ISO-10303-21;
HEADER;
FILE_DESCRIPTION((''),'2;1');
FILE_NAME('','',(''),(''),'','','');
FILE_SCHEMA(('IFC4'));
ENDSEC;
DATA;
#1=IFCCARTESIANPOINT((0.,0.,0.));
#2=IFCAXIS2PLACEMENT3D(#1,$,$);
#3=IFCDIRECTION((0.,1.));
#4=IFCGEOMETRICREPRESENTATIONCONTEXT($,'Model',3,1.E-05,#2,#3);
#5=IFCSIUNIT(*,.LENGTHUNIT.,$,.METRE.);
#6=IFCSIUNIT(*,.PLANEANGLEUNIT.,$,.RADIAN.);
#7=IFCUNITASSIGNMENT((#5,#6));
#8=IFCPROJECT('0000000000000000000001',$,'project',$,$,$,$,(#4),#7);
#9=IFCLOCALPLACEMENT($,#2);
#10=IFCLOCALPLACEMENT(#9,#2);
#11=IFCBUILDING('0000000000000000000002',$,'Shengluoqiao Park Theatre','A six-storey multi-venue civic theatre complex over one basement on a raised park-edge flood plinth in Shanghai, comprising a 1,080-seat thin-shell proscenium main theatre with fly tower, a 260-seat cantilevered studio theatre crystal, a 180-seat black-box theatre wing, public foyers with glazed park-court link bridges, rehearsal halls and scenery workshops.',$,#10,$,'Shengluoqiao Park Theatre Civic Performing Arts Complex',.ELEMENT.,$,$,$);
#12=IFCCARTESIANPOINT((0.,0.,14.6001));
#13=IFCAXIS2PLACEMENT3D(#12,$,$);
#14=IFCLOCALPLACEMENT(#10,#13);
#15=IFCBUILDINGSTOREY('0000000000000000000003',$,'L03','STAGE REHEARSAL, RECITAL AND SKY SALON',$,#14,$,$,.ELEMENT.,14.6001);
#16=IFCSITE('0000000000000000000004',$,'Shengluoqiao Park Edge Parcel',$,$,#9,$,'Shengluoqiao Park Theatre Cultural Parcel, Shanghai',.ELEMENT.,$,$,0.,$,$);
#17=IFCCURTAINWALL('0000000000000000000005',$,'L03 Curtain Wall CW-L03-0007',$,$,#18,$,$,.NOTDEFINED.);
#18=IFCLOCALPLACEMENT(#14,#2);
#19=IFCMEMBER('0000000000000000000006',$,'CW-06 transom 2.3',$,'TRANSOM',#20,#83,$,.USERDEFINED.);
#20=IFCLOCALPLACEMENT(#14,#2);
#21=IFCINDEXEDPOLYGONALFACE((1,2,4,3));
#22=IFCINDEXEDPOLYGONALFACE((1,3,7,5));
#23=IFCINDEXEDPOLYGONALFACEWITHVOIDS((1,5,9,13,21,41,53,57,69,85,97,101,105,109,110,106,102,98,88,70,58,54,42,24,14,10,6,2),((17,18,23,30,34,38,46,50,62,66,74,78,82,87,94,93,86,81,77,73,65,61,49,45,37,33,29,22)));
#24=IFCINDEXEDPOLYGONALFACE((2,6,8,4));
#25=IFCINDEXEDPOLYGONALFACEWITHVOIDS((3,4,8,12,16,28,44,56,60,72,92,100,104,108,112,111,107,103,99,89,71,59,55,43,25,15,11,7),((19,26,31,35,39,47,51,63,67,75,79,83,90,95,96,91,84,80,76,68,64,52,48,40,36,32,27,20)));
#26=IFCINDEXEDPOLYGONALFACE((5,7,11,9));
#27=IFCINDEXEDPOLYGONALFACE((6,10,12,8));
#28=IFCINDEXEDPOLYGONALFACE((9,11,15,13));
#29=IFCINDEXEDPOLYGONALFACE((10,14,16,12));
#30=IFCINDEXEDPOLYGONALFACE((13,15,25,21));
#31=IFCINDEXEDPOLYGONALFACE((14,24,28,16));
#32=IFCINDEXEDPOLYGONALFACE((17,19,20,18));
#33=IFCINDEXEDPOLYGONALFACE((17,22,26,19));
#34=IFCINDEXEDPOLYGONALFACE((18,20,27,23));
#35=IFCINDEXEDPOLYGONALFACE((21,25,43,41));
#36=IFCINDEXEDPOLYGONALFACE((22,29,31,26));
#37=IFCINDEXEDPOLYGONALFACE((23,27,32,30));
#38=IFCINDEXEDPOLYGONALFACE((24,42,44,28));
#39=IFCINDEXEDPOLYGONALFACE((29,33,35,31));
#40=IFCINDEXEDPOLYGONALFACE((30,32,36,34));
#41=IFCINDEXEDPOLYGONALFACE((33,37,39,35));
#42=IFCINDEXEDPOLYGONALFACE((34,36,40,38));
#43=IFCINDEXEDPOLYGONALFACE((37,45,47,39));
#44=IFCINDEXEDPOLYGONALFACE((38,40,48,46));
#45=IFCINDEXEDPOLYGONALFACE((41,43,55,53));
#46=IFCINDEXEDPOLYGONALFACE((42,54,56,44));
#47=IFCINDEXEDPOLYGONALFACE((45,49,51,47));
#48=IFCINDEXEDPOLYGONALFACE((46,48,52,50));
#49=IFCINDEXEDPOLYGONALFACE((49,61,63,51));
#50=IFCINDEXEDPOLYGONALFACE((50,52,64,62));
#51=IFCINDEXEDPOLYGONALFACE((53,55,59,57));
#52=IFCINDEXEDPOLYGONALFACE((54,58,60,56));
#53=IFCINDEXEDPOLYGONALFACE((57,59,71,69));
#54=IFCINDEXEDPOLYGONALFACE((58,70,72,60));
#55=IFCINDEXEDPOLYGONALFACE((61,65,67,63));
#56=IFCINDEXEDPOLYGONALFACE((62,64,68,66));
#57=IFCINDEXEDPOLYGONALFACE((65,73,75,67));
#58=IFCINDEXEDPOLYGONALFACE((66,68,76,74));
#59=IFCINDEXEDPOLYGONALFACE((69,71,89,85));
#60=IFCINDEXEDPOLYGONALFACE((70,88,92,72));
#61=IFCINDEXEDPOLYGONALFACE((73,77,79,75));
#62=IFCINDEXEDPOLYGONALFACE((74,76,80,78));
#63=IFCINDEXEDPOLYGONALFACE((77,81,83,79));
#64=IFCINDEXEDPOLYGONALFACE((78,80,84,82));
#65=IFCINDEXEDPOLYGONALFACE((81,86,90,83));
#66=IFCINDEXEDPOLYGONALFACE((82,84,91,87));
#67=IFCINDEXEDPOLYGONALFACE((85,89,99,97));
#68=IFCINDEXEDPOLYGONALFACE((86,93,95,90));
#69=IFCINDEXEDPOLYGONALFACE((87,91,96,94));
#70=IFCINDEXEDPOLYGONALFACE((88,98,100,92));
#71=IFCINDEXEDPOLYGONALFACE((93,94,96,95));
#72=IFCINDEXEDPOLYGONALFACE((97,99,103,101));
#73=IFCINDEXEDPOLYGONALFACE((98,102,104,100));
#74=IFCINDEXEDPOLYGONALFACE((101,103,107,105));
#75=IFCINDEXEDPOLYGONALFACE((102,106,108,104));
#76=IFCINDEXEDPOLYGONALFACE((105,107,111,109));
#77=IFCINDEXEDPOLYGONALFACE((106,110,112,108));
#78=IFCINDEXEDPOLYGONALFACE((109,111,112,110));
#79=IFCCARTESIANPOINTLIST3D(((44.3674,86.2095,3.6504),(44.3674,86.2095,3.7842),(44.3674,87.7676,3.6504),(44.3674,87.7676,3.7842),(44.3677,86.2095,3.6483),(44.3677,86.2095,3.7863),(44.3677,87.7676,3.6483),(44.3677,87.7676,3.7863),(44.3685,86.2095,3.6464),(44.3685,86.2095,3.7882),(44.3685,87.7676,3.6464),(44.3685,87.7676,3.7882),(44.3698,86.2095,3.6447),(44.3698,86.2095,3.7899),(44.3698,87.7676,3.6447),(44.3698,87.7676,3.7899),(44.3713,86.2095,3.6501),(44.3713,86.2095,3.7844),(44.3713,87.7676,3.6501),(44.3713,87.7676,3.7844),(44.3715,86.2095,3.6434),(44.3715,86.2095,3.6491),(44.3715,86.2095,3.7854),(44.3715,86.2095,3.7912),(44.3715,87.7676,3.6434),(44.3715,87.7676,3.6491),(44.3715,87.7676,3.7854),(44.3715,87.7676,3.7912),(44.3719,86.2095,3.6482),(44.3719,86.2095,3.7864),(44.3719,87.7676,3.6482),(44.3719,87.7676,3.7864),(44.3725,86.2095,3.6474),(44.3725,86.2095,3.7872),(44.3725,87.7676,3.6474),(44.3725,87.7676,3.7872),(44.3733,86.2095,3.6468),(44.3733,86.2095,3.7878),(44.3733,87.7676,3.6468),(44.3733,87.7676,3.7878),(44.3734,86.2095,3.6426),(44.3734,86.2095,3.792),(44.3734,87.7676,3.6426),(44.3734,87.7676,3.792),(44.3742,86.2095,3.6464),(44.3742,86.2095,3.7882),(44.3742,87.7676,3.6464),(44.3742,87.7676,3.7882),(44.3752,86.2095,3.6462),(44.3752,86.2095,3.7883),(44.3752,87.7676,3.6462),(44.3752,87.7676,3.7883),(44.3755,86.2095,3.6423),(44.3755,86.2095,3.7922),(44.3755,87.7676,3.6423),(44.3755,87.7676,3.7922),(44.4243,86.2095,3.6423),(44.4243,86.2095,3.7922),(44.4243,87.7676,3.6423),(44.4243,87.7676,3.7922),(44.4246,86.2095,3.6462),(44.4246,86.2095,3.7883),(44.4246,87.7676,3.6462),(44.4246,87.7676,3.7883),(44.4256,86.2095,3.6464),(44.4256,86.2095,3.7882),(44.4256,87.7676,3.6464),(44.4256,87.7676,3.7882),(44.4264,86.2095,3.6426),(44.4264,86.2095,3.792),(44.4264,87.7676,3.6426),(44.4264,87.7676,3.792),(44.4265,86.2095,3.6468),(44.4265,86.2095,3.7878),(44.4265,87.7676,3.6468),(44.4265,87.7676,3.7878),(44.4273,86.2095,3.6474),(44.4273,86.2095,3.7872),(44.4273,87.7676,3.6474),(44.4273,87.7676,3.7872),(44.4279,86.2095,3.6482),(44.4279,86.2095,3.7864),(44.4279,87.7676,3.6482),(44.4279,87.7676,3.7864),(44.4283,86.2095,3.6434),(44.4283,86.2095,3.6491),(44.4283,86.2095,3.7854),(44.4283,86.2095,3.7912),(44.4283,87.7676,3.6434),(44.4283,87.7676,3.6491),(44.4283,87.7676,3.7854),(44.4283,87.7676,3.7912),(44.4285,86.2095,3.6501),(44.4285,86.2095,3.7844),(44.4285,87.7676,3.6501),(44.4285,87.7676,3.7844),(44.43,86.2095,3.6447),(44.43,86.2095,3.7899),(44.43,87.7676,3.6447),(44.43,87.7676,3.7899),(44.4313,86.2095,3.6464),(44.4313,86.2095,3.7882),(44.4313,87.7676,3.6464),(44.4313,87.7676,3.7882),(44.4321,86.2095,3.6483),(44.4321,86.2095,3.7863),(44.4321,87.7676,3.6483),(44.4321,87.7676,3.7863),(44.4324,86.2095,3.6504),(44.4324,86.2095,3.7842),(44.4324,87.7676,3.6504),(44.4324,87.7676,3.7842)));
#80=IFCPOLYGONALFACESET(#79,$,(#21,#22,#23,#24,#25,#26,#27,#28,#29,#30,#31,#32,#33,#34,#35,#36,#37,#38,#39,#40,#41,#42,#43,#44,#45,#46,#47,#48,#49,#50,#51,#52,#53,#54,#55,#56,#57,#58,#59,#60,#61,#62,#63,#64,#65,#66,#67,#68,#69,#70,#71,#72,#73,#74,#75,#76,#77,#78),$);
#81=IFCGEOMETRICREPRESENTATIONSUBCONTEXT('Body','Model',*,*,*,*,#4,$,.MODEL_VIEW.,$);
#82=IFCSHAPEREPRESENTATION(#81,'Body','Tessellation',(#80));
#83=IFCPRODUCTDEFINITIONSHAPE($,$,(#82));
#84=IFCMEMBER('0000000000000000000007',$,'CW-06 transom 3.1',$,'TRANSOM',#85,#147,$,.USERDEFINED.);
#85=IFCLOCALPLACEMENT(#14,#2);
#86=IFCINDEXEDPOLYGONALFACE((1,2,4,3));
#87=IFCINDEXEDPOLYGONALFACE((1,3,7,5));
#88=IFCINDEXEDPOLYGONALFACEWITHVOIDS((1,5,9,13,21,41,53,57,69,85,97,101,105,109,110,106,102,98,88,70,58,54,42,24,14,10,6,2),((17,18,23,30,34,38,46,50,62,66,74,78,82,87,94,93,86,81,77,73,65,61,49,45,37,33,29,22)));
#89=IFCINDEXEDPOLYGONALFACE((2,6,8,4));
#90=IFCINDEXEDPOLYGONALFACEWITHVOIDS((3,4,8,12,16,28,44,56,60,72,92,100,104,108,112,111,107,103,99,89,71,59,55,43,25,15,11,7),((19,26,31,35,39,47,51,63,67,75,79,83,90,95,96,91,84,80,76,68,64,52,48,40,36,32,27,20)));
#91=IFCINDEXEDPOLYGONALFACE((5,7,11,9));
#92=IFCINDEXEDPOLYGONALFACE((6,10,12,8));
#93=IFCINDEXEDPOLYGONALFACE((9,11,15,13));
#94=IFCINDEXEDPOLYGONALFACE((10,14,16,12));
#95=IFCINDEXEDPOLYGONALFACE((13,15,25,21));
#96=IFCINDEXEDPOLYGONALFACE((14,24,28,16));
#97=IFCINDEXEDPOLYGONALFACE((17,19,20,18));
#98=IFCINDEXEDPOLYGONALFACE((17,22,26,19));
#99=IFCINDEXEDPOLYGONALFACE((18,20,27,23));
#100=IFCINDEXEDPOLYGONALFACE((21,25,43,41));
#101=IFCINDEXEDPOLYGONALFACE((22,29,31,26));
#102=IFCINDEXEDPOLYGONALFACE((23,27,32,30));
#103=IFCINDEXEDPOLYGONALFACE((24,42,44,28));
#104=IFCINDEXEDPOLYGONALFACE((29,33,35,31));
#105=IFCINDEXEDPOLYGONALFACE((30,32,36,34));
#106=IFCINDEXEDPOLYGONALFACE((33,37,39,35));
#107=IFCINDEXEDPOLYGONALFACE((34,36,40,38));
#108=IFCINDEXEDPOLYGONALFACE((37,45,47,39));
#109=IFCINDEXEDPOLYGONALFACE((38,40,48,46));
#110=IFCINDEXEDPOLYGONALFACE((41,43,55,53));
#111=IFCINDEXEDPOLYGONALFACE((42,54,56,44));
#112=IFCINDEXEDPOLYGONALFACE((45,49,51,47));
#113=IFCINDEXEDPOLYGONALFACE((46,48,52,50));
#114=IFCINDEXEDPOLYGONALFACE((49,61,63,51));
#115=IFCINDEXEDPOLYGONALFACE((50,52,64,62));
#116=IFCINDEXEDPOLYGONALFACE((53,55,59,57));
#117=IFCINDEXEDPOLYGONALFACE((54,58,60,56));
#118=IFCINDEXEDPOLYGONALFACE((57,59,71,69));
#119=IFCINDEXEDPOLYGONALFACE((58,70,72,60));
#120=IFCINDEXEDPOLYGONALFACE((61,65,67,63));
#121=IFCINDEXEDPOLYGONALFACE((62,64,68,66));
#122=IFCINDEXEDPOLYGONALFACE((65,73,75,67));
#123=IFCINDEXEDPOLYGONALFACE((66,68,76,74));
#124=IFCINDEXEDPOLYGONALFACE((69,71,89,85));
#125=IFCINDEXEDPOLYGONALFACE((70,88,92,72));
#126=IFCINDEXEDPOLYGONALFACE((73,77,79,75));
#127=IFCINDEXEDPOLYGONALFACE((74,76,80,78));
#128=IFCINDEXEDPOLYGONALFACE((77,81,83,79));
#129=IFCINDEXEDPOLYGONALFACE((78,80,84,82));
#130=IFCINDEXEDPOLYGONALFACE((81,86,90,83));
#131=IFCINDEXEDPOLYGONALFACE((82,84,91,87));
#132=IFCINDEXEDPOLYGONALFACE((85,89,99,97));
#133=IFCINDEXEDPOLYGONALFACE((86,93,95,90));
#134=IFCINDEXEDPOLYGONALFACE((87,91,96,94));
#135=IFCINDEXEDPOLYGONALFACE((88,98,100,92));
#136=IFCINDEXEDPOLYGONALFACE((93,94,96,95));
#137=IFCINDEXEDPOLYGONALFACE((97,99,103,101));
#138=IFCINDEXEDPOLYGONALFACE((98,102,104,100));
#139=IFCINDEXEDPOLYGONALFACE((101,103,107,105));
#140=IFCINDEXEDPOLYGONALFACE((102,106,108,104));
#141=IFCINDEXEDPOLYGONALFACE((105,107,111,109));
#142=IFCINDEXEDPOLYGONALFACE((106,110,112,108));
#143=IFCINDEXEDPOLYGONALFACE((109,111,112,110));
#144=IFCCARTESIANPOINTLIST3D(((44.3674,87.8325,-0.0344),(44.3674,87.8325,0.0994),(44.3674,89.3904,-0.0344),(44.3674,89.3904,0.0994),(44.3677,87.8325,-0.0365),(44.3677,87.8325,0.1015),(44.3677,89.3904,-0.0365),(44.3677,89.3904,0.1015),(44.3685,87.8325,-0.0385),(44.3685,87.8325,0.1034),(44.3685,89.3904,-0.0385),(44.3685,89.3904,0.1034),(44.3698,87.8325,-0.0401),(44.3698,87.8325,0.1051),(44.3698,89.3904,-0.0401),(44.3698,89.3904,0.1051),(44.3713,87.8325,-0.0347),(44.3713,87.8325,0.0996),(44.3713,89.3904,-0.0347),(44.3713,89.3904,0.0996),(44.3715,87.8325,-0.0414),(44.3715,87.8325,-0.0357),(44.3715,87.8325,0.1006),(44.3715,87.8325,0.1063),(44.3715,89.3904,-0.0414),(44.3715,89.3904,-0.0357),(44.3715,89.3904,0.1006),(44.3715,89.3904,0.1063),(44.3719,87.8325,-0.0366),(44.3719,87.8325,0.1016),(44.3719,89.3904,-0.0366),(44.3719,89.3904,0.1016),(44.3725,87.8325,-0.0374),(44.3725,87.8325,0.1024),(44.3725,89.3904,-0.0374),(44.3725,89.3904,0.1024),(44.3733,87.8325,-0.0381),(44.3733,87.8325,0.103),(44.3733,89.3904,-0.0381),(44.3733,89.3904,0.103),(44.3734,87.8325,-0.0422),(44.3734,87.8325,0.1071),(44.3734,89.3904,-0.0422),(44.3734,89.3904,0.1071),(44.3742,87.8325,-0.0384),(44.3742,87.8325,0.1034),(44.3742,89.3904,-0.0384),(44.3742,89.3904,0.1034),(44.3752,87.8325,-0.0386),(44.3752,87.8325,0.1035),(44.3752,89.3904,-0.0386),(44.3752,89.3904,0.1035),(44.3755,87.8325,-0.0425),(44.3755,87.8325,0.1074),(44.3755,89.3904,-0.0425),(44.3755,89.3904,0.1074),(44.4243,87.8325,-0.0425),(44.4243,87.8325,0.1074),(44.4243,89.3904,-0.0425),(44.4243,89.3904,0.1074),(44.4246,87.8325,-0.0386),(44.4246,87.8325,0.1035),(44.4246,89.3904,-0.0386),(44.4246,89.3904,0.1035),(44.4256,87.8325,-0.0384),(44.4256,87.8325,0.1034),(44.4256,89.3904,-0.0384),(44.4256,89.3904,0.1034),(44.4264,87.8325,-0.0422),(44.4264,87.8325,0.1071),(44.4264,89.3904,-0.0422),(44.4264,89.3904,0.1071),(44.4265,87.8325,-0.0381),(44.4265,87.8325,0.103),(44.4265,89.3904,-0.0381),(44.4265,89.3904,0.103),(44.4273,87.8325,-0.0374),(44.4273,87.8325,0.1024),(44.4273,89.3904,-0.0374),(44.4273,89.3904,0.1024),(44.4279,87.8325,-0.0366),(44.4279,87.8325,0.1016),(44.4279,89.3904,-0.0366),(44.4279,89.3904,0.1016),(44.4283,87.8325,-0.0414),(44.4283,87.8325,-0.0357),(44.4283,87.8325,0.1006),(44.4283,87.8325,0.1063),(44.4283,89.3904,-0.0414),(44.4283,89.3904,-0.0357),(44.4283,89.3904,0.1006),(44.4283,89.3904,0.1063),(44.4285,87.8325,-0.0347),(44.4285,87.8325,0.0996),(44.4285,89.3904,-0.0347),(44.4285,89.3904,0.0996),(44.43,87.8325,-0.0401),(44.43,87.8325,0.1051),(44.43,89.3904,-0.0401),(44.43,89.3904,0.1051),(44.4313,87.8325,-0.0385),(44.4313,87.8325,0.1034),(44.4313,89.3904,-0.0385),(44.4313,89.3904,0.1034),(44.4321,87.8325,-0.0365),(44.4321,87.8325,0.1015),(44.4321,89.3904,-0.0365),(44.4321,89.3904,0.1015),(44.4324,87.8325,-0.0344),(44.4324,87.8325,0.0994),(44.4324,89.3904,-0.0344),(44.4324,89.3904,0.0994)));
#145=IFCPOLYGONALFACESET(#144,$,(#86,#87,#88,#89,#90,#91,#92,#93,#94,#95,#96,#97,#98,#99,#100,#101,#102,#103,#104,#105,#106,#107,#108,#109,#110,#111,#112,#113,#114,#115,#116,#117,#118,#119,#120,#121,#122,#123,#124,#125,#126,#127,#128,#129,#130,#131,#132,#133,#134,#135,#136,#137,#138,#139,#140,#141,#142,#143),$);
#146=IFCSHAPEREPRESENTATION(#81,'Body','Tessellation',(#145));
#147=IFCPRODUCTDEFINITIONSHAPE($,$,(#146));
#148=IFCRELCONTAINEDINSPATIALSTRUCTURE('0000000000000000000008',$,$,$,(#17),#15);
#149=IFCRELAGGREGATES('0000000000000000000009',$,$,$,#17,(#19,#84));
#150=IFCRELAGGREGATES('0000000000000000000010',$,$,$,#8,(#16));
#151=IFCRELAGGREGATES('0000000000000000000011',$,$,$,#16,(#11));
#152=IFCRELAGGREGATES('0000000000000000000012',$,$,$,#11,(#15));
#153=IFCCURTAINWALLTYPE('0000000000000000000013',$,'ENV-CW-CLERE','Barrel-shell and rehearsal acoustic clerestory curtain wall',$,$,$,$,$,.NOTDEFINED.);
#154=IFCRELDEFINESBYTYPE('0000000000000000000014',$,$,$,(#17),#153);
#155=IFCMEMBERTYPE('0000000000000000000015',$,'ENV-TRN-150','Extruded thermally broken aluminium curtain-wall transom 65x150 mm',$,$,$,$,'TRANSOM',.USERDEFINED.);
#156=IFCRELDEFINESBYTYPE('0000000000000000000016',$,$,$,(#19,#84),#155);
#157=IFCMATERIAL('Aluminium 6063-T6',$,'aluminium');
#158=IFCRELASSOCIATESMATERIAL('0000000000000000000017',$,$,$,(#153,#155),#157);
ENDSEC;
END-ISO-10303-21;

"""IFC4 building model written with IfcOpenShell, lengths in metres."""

from ifc_helpers import new_model, si_unit, direction, frame, origin, origin_2d, place, context, subcontext, project, spatial, hollow_rectangle, extrude, material, material_profile, profile_set, type_object, element, aggregate, save


model = new_model("IFC4")

# Units and contexts
model_context = context("Model", 3, precision=1e-05, world=origin(), true_north=direction((0.0, 1.0)))
body_context = subcontext(model_context, "Body", "Model", "MODEL_VIEW")
ifc_project = project(units=[si_unit("LENGTHUNIT", "METRE"), si_unit("PLANEANGLEUNIT", "RADIAN")], contexts=[model_context])

# Site, building, storey
site_placement = place(None, origin())
site = spatial("IfcSite", under=ifc_project, at=site_placement, Name="Shengluoqiao Park Edge Parcel", LongName="Shengluoqiao Park Theatre Cultural Parcel, Shanghai", CompositionType="ELEMENT", RefElevation=0.0)
building_placement = place(site_placement, origin())
building = spatial("IfcBuilding", under=site, at=building_placement, Name="Shengluoqiao Park Theatre", Description="A six-storey multi-venue civic theatre complex over one basement on a raised park-edge flood plinth in Shanghai, comprising a 1,080-seat thin-shell proscenium main theatre with fly tower, a 260-seat cantilevered studio theatre crystal, a 180-seat black-box theatre wing, public foyers with glazed park-court link bridges, rehearsal halls and scenery workshops.", LongName="Shengluoqiao Park Theatre Civic Performing Arts Complex", CompositionType="ELEMENT")
storey_placement = place(building_placement, frame((0.0, 0.0, 14.6001)))
storey = spatial("IfcBuildingStorey", under=building, at=storey_placement, Name="L03", Description="STAGE REHEARSAL, RECITAL AND SKY SALON", CompositionType="ELEMENT", Elevation=14.6001)

# Curtain wall
ifc_material_1 = material(Name="Aluminium 6063-T6", Category="aluminium")
curtain_wall_type = type_object("IfcCurtainWallType", Name="ENV-CW-CLERE", Description="Barrel-shell and rehearsal acoustic clerestory curtain wall", PredefinedType="NOTDEFINED", material=ifc_material_1)
curtain_wall_1_placement = place(storey_placement, origin())
curtain_wall_1 = element("IfcCurtainWall", 1, at=curtain_wall_1_placement, inside=storey, type_object=curtain_wall_type, Name="L03 Curtain Wall CW-L03-0007", PredefinedType="NOTDEFINED")

# Members
ifc_material_profile_1 = material_profile(ifc_material_1, hollow_rectangle(XDim=0.0649, YDim=0.1499, WallThickness=0.0039, InnerFilletRadius=0.0039, OuterFilletRadius=0.0081, at=origin_2d()), Name="ALU TRANSOM 150x65x4")
ifc_profile_set_1 = profile_set([ifc_material_profile_1], Name="Aluminium 6063-T6")
member_type_1 = type_object("IfcMemberType", Name="ENV-TRN-150", Description="Extruded thermally broken aluminium curtain-wall transom 65x150 mm", ElementType="TRANSOM", PredefinedType="USERDEFINED", material=ifc_profile_set_1)
member_1_placement = place(storey_placement, frame((44.3999, 86.2095, 3.7173), z_axis=(0.0, 1.0, 0.0), x_axis=(-1.0, 0.0, 0.0)))
member_1 = element("IfcMember", 2, at=member_1_placement, type_object=member_type_1, Name="CW-06 transom 2.3", ObjectType="TRANSOM", PredefinedType="USERDEFINED", context=body_context, shape_type="SweptSolid", body=[
    extrude(hollow_rectangle(XDim=0.0649, YDim=0.1499, WallThickness=0.0039, InnerFilletRadius=0.0039, OuterFilletRadius=0.0081, at=origin_2d()), origin(), (0.0, 0.0, 1.0), 1.5581),
])
member_2_placement = place(storey_placement, frame((44.3999, 87.8325, 0.0325), z_axis=(0.0, 1.0, 0.0), x_axis=(-1.0, 0.0, 0.0)))
member_2 = element("IfcMember", 3, at=member_2_placement, type_object=member_type_1, Name="CW-06 transom 3.1", ObjectType="TRANSOM", PredefinedType="USERDEFINED", context=body_context, shape_type="SweptSolid", body=[
    extrude(hollow_rectangle(XDim=0.0649, YDim=0.1499, WallThickness=0.0039, InnerFilletRadius=0.0039, OuterFilletRadius=0.0081, at=origin_2d()), origin(), (0.0, 0.0, 1.0), 1.5579),
])

aggregate(curtain_wall_1, [member_1, member_2])

save(model, "model.ifc")
